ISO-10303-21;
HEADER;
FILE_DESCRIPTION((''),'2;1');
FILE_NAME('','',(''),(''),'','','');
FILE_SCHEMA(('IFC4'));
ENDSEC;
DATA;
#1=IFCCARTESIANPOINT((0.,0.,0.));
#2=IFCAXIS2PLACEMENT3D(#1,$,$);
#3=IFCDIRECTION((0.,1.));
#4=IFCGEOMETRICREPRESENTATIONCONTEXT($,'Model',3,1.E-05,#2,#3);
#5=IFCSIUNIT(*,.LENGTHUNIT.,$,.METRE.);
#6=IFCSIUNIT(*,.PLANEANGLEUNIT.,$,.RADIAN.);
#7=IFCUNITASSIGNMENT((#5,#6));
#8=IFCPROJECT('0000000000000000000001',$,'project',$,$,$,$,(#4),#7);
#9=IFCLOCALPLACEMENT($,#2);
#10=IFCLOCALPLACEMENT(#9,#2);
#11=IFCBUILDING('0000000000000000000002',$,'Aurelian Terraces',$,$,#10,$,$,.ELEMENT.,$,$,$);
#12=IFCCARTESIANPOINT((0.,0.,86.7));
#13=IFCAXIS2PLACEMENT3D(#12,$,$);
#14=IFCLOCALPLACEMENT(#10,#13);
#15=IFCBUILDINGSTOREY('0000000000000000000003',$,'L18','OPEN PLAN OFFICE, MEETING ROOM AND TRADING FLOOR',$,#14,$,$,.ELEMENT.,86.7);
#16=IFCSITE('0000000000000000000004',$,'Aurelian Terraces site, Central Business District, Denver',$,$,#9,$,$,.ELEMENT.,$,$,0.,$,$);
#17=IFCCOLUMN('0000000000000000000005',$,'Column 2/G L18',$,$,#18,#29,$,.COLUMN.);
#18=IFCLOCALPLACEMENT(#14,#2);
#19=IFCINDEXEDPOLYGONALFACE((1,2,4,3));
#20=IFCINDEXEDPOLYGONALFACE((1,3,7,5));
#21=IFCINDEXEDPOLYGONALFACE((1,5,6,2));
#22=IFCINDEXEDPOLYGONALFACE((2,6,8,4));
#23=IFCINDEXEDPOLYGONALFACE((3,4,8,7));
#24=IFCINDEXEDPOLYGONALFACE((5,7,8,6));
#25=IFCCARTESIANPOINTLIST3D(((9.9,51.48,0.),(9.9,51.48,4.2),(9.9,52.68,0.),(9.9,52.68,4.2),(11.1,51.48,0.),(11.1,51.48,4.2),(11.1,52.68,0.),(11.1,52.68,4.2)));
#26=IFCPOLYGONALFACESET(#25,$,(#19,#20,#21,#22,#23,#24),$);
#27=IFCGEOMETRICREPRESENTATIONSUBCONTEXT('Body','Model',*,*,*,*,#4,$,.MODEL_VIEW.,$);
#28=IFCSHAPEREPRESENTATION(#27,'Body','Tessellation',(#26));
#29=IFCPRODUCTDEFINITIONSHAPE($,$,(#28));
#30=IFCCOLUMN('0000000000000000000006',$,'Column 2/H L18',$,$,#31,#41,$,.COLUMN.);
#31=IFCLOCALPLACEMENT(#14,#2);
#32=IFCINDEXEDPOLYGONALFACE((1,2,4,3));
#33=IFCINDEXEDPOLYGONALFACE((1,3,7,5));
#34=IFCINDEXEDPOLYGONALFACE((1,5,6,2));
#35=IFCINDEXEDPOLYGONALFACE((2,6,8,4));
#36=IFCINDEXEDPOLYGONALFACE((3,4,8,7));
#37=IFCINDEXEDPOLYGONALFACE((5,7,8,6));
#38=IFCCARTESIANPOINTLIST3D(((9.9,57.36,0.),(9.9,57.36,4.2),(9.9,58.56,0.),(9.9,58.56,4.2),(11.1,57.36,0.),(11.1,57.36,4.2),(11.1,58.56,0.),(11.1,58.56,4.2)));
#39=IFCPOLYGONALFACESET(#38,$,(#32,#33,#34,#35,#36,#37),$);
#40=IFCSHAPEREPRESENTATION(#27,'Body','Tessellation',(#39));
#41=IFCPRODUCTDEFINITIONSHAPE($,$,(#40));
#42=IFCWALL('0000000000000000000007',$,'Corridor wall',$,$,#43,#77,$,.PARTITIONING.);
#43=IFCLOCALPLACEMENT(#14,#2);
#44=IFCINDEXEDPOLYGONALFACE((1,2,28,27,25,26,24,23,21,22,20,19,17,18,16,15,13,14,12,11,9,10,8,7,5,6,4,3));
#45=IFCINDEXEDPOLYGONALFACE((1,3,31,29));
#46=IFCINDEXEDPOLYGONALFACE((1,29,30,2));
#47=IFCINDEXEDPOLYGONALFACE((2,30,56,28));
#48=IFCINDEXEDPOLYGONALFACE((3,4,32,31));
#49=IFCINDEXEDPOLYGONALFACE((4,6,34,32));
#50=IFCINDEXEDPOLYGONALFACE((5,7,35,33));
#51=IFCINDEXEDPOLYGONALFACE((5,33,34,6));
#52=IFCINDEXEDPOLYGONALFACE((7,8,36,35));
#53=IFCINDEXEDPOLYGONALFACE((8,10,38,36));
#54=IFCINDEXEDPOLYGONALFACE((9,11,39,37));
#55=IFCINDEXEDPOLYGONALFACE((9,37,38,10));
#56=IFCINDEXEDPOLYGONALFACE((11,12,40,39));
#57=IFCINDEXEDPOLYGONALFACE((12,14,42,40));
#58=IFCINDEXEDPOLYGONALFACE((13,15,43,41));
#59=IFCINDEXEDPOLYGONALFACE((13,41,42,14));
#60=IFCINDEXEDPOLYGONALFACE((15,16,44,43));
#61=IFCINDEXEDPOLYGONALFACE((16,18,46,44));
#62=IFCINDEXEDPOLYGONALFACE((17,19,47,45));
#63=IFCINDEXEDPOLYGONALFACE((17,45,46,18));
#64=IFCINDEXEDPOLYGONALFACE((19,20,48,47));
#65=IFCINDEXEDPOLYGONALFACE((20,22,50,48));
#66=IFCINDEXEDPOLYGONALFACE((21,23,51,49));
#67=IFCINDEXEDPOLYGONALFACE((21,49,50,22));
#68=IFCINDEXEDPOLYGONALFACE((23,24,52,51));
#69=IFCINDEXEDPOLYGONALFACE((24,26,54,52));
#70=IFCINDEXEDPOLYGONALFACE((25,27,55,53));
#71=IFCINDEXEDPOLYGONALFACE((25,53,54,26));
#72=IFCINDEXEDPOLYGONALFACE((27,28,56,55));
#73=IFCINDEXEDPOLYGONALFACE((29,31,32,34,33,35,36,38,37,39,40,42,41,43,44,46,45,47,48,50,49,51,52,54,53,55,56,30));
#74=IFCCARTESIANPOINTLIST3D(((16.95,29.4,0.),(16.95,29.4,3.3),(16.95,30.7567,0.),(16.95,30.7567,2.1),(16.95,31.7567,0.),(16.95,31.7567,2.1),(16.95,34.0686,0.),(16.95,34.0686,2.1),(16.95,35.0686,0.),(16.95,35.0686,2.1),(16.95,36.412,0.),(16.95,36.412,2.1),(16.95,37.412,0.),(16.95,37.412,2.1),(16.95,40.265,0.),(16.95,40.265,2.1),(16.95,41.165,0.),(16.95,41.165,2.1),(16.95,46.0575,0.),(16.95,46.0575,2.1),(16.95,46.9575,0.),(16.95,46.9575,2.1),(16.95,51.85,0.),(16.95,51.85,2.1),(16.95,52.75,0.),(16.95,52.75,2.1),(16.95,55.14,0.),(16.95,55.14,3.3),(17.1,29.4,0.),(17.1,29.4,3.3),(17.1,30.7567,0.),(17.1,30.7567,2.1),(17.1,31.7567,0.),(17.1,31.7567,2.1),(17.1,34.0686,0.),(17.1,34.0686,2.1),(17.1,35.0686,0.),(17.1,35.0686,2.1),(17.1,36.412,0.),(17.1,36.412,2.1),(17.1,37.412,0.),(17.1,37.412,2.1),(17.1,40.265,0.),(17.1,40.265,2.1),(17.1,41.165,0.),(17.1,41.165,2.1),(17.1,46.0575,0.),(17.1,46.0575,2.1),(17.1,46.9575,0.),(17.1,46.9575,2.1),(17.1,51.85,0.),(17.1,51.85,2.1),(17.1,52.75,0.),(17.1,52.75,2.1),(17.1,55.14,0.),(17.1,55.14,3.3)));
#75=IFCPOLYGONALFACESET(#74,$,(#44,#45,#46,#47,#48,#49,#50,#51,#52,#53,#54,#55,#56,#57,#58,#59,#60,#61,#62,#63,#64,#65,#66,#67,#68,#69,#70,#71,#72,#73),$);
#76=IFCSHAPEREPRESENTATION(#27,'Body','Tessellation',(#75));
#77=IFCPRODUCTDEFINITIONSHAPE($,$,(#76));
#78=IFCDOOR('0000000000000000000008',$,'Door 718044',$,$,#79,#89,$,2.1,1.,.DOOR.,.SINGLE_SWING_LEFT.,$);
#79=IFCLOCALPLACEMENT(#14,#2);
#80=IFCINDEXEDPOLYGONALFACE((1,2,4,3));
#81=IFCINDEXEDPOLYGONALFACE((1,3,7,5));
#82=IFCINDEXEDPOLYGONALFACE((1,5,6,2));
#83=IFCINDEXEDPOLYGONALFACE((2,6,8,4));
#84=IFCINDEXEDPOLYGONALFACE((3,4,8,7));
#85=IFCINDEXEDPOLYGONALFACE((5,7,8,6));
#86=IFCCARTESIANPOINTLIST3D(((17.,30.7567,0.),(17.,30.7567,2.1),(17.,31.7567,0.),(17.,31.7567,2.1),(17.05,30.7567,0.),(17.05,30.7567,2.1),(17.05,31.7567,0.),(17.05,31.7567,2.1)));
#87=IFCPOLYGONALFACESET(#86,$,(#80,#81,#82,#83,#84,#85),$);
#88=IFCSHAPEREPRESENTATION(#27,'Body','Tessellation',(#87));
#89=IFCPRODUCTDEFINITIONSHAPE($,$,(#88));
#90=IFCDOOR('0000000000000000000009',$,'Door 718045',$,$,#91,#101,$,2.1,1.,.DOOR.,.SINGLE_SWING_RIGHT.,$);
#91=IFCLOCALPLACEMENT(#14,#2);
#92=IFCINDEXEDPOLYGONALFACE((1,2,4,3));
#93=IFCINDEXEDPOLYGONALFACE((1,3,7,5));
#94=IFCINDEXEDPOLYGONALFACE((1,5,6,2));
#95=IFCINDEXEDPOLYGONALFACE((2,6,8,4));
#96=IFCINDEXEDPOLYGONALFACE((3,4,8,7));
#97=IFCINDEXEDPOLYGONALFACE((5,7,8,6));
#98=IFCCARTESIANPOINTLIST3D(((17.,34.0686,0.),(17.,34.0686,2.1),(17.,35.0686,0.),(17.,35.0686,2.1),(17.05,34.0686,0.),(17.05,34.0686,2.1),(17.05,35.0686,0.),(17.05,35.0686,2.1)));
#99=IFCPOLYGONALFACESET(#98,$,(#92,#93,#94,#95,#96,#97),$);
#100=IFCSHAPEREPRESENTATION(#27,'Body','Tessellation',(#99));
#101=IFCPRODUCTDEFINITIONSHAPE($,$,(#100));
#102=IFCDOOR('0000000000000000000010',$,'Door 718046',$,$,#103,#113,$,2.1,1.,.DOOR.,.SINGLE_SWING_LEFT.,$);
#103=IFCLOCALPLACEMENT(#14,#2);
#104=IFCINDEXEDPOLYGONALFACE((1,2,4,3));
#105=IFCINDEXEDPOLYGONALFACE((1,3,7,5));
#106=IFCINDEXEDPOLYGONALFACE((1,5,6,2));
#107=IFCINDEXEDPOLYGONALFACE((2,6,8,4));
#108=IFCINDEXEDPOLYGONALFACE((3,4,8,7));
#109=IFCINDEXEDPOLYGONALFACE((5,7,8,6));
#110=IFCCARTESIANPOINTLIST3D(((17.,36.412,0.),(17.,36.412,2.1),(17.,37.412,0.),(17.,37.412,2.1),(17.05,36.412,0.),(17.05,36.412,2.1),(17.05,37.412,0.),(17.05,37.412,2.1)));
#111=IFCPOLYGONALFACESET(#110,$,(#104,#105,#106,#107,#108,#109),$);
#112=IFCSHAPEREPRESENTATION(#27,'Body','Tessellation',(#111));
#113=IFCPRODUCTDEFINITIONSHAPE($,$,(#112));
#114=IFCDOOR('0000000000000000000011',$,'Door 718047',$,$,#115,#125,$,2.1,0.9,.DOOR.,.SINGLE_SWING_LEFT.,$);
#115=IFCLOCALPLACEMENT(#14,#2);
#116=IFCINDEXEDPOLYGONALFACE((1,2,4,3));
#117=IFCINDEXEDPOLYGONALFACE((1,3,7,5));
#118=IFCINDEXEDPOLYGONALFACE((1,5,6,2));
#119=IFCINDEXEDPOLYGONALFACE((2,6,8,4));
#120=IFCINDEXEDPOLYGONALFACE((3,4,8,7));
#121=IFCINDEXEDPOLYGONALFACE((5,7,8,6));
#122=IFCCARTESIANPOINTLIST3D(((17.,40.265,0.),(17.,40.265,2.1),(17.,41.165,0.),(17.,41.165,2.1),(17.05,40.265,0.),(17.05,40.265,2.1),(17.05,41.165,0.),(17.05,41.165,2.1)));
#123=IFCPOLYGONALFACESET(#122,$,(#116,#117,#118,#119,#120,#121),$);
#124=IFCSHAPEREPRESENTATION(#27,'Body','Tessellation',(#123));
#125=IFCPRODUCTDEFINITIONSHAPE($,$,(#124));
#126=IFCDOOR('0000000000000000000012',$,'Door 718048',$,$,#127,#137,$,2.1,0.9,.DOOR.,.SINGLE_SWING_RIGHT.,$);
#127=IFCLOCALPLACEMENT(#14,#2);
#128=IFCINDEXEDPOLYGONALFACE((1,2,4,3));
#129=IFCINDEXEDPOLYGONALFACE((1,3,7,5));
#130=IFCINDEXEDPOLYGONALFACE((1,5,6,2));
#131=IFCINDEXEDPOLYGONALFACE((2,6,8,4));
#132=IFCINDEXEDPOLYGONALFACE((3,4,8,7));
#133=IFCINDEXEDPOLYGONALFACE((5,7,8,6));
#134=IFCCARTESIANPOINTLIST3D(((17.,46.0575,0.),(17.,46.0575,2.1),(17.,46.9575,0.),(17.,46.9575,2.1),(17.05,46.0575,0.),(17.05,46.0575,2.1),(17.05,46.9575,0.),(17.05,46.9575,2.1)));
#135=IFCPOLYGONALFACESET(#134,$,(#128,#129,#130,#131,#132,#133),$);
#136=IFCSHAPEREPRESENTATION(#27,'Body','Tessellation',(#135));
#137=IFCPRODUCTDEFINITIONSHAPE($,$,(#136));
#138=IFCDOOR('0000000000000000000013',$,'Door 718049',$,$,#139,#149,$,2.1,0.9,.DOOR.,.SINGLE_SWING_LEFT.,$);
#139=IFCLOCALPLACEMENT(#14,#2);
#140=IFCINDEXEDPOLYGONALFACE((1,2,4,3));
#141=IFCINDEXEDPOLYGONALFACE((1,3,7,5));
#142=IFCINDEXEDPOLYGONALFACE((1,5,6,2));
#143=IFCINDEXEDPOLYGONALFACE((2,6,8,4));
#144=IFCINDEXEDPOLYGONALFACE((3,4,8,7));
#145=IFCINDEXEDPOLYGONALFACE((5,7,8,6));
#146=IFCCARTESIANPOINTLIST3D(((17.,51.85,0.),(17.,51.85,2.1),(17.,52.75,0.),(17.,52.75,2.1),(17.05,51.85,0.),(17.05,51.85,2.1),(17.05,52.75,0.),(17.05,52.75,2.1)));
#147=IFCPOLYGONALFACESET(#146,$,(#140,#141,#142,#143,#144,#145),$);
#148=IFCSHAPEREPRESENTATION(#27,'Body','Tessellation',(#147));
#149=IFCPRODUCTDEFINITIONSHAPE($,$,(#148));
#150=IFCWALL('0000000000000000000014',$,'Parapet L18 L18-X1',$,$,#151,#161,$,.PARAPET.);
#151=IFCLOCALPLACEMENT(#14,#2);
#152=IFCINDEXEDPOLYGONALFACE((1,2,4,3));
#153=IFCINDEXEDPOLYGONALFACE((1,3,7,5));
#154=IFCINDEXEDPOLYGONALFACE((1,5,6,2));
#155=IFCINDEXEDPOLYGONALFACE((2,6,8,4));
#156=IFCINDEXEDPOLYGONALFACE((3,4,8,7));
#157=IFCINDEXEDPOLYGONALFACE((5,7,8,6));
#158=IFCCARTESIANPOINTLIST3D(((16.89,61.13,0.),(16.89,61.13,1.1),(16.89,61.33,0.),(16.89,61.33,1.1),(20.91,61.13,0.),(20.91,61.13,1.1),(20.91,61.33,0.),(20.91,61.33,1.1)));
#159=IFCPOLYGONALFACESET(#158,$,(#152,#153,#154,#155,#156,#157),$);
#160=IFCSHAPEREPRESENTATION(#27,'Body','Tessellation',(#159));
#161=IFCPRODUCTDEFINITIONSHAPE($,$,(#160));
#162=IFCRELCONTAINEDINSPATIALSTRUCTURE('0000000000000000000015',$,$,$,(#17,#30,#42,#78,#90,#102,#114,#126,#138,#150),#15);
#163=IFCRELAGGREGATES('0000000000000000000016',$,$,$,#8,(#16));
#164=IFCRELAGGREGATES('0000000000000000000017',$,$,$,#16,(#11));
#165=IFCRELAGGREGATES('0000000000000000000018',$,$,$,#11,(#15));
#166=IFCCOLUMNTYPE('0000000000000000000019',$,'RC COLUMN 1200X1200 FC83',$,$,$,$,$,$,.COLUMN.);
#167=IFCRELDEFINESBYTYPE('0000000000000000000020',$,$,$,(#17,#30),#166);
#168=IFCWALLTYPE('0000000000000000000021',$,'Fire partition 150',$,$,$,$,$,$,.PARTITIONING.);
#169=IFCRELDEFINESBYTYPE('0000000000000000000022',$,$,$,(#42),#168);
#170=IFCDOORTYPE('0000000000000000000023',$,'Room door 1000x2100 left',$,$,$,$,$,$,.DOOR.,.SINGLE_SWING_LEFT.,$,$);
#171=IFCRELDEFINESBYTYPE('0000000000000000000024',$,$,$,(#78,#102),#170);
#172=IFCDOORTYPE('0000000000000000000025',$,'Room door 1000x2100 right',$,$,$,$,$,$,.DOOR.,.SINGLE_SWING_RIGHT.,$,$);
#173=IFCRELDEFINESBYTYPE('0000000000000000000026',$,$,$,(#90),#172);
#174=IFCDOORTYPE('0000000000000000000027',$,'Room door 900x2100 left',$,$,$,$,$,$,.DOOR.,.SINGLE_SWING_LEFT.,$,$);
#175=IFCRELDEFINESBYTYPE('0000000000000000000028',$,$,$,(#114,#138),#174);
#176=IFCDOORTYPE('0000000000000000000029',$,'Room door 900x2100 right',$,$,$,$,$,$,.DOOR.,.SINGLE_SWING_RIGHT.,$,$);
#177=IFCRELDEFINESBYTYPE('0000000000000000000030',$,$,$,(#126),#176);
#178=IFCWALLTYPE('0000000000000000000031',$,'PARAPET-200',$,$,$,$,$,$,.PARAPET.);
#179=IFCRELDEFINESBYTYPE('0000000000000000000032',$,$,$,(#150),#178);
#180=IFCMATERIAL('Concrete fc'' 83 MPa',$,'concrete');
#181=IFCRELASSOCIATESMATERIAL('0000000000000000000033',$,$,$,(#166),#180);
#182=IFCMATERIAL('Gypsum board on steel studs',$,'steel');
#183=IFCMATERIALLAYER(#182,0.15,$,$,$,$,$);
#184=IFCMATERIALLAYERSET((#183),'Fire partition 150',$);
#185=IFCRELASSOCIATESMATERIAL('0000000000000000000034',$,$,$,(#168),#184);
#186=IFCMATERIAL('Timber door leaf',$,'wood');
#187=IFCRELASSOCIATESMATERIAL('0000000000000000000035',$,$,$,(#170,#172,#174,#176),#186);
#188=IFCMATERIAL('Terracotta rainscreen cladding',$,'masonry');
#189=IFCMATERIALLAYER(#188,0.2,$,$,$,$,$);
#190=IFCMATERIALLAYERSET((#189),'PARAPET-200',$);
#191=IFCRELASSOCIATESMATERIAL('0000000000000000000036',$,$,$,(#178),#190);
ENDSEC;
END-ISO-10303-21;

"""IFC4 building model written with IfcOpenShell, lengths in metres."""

from ifc_helpers import new_model, si_unit, direction, frame, frame_2d, origin, origin_2d, place, context, subcontext, project, spatial, rectangle, extrude, source, transform, mapped, material, layer, layer_set, material_profile, profile_set, type_object, element, fill, save


model = new_model("IFC4")

# Units and contexts
model_context = context("Model", 3, precision=1e-05, world=origin(), true_north=direction((0.0, 1.0)))
body_context = subcontext(model_context, "Body", "Model", "MODEL_VIEW")
ifc_project = project(units=[si_unit("LENGTHUNIT", "METRE"), si_unit("PLANEANGLEUNIT", "RADIAN")], contexts=[model_context])

# Site, building, storey
site_placement = place(None, origin())
site = spatial("IfcSite", under=ifc_project, at=site_placement, Name="Aurelian Terraces site, Central Business District, Denver", CompositionType="ELEMENT", RefElevation=0.0)
building_placement = place(site_placement, origin())
building = spatial("IfcBuilding", under=site, at=building_placement, Name="Aurelian Terraces", CompositionType="ELEMENT")
storey_placement = place(building_placement, frame((0.0, 0.0, 86.7)))
storey = spatial("IfcBuildingStorey", under=building, at=storey_placement, Name="L18", Description="OPEN PLAN OFFICE, MEETING ROOM AND TRADING FLOOR", CompositionType="ELEMENT", Elevation=86.7)

# Columns
ifc_material_1 = material(Name="Concrete fc' 83 MPa", Category="concrete")
ifc_material_profile = material_profile(ifc_material_1, rectangle(XDim=1.2, YDim=1.2, at=origin_2d()))
ifc_profile_set = profile_set([ifc_material_profile], Name="Concrete fc' 83 MPa")
column_type = type_object("IfcColumnType", Name="RC COLUMN 1200X1200 FC83", PredefinedType="COLUMN", material=ifc_profile_set)
shared_shape_1 = source(origin(), body_context, "Body", "SweptSolid", [
    extrude(rectangle(XDim=1.2, YDim=1.2, at=origin_2d()), origin(), (0.0, 0.0, 1.0), 4.2),
])
for number, where, z_axis, x_axis, name in (
    (1, (10.5, 52.08, 0.0), (0.0, 0.0, 1.0), (1.0, 0.0, 0.0), "Column 2/G L18"),
    (2, (10.5, 57.96, 0.0), (0.0, 0.0, 1.0), (1.0, 0.0, 0.0), "Column 2/H L18"),
):
    element("IfcColumn", number, at=place(storey_placement, frame(where, z_axis=z_axis, x_axis=x_axis)), inside=storey, type_object=column_type, Name=name, PredefinedType="COLUMN", context=body_context, shape_type="MappedRepresentation", body=[
        mapped(shared_shape_1, transform((0.0, 0.0, 0.0), scale=1.0)),
    ])

# Wall, openings, doors
ifc_material_2 = material(Name="Gypsum board on steel studs", Category="steel")
ifc_layer_1 = layer(ifc_material_2, 0.15)
ifc_layer_set_1 = layer_set([ifc_layer_1], Name="Fire partition 150")
wall_type_1 = type_object("IfcWallType", Name="Fire partition 150", PredefinedType="PARTITIONING", material=ifc_layer_set_1)
wall_1_placement = place(storey_placement, frame((17.025, 55.14, 0.0), z_axis=(0.0, 0.0, 1.0), x_axis=(0.0, -1.0, 0.0)))
wall_1 = element("IfcWall", 3, at=wall_1_placement, inside=storey, type_object=wall_type_1, Name="Corridor wall", PredefinedType="PARTITIONING", context=body_context, shape_type="SweptSolid", body=[
    extrude(rectangle(XDim=25.74, YDim=0.15, at=frame_2d((12.87, 0.0))), origin(), (0.0, 0.0, 1.0), 3.3),
])
shared_shape_2 = source(origin(), body_context, "Body", "SweptSolid", [
    extrude(rectangle(XDim=1.0, YDim=2.1, at=frame_2d((0.5, 1.05))), frame((0.0, 0.085, 0.0), z_axis=(0.0, -1.0, 0.0), x_axis=(1.0, 0.0, 0.0)), (0.0, 0.0, 1.0), 0.17),
])
opening_1_placement = place(wall_1_placement, frame((23.3833, 0.0, 0.0)))
opening_1 = element("IfcOpeningElement", 4, at=opening_1_placement, cuts=wall_1, PredefinedType="OPENING", context=body_context, shape_type="MappedRepresentation", body=[
    mapped(shared_shape_2, transform((0.0, 0.0, 0.0), scale=1.0)),
])
opening_2_placement = place(wall_1_placement, frame((20.0714, 0.0, 0.0)))
opening_2 = element("IfcOpeningElement", 5, at=opening_2_placement, cuts=wall_1, PredefinedType="OPENING", context=body_context, shape_type="MappedRepresentation", body=[
    mapped(shared_shape_2, transform((0.0, 0.0, 0.0), scale=1.0)),
])
opening_3_placement = place(wall_1_placement, frame((17.728, 0.0, 0.0)))
opening_3 = element("IfcOpeningElement", 6, at=opening_3_placement, cuts=wall_1, PredefinedType="OPENING", context=body_context, shape_type="MappedRepresentation", body=[
    mapped(shared_shape_2, transform((0.0, 0.0, 0.0), scale=1.0)),
])
shared_shape_3 = source(origin(), body_context, "Body", "SweptSolid", [
    extrude(rectangle(XDim=0.9, YDim=2.1, at=frame_2d((0.45, 1.05))), frame((0.0, 0.085, 0.0), z_axis=(0.0, -1.0, 0.0), x_axis=(1.0, 0.0, 0.0)), (0.0, 0.0, 1.0), 0.17),
])
opening_4_placement = place(wall_1_placement, frame((13.975, 0.0, 0.0)))
opening_4 = element("IfcOpeningElement", 7, at=opening_4_placement, cuts=wall_1, PredefinedType="OPENING", context=body_context, shape_type="MappedRepresentation", body=[
    mapped(shared_shape_3, transform((0.0, 0.0, 0.0), scale=1.0)),
])
opening_5_placement = place(wall_1_placement, frame((8.1825, 0.0, 0.0)))
opening_5 = element("IfcOpeningElement", 8, at=opening_5_placement, cuts=wall_1, PredefinedType="OPENING", context=body_context, shape_type="MappedRepresentation", body=[
    mapped(shared_shape_3, transform((0.0, 0.0, 0.0), scale=1.0)),
])
opening_6_placement = place(wall_1_placement, frame((2.39, 0.0, 0.0)))
opening_6 = element("IfcOpeningElement", 9, at=opening_6_placement, cuts=wall_1, PredefinedType="OPENING", context=body_context, shape_type="MappedRepresentation", body=[
    mapped(shared_shape_3, transform((0.0, 0.0, 0.0), scale=1.0)),
])
ifc_material_3 = material(Name="Timber door leaf", Category="wood")
door_type_1 = type_object("IfcDoorType", Name="Room door 1000x2100 left", OperationType="SINGLE_SWING_LEFT", PredefinedType="DOOR", material=ifc_material_3)
shared_shape_4 = source(origin(), body_context, "Body", "SweptSolid", [
    extrude(rectangle(XDim=1.0, YDim=2.1, at=frame_2d((0.5, 1.05))), frame((0.0, 0.025, 0.0), z_axis=(0.0, -1.0, 0.0), x_axis=(1.0, 0.0, 0.0)), (0.0, 0.0, 1.0), 0.05),
])
door_1_placement = place(opening_1_placement, origin())
door_1 = element("IfcDoor", 10, at=door_1_placement, inside=storey, type_object=door_type_1, Name="Door 718044", OperationType="SINGLE_SWING_LEFT", OverallHeight=2.1, OverallWidth=1.0, PredefinedType="DOOR", context=body_context, shape_type="MappedRepresentation", body=[
    mapped(shared_shape_4, transform((0.0, 0.0, 0.0), scale=1.0)),
])
fill(opening_1, door_1)
door_type_2 = type_object("IfcDoorType", Name="Room door 1000x2100 right", OperationType="SINGLE_SWING_RIGHT", PredefinedType="DOOR", material=ifc_material_3)
door_2_placement = place(opening_2_placement, origin())
door_2 = element("IfcDoor", 11, at=door_2_placement, inside=storey, type_object=door_type_2, Name="Door 718045", OperationType="SINGLE_SWING_RIGHT", OverallHeight=2.1, OverallWidth=1.0, PredefinedType="DOOR", context=body_context, shape_type="MappedRepresentation", body=[
    mapped(shared_shape_4, transform((0.0, 0.0, 0.0), scale=1.0)),
])
fill(opening_2, door_2)
door_3_placement = place(opening_3_placement, origin())
door_3 = element("IfcDoor", 12, at=door_3_placement, inside=storey, type_object=door_type_1, Name="Door 718046", OperationType="SINGLE_SWING_LEFT", OverallHeight=2.1, OverallWidth=1.0, PredefinedType="DOOR", context=body_context, shape_type="MappedRepresentation", body=[
    mapped(shared_shape_4, transform((0.0, 0.0, 0.0), scale=1.0)),
])
fill(opening_3, door_3)
door_type_3 = type_object("IfcDoorType", Name="Room door 900x2100 left", OperationType="SINGLE_SWING_LEFT", PredefinedType="DOOR", material=ifc_material_3)
shared_shape_5 = source(origin(), body_context, "Body", "SweptSolid", [
    extrude(rectangle(XDim=0.9, YDim=2.1, at=frame_2d((0.45, 1.05))), frame((0.0, 0.025, 0.0), z_axis=(0.0, -1.0, 0.0), x_axis=(1.0, 0.0, 0.0)), (0.0, 0.0, 1.0), 0.05),
])
door_4_placement = place(opening_4_placement, origin())
door_4 = element("IfcDoor", 13, at=door_4_placement, inside=storey, type_object=door_type_3, Name="Door 718047", OperationType="SINGLE_SWING_LEFT", OverallHeight=2.1, OverallWidth=0.9, PredefinedType="DOOR", context=body_context, shape_type="MappedRepresentation", body=[
    mapped(shared_shape_5, transform((0.0, 0.0, 0.0), scale=1.0)),
])
fill(opening_4, door_4)
door_type_4 = type_object("IfcDoorType", Name="Room door 900x2100 right", OperationType="SINGLE_SWING_RIGHT", PredefinedType="DOOR", material=ifc_material_3)
door_5_placement = place(opening_5_placement, origin())
door_5 = element("IfcDoor", 14, at=door_5_placement, inside=storey, type_object=door_type_4, Name="Door 718048", OperationType="SINGLE_SWING_RIGHT", OverallHeight=2.1, OverallWidth=0.9, PredefinedType="DOOR", context=body_context, shape_type="MappedRepresentation", body=[
    mapped(shared_shape_5, transform((0.0, 0.0, 0.0), scale=1.0)),
])
fill(opening_5, door_5)
door_6_placement = place(opening_6_placement, origin())
door_6 = element("IfcDoor", 15, at=door_6_placement, inside=storey, type_object=door_type_3, Name="Door 718049", OperationType="SINGLE_SWING_LEFT", OverallHeight=2.1, OverallWidth=0.9, PredefinedType="DOOR", context=body_context, shape_type="MappedRepresentation", body=[
    mapped(shared_shape_5, transform((0.0, 0.0, 0.0), scale=1.0)),
])
fill(opening_6, door_6)

# Wall
ifc_material_4 = material(Name="Terracotta rainscreen cladding", Category="masonry")
ifc_layer_2 = layer(ifc_material_4, 0.2)
ifc_layer_set_2 = layer_set([ifc_layer_2], Name="PARAPET-200")
wall_type_2 = type_object("IfcWallType", Name="PARAPET-200", PredefinedType="PARAPET", material=ifc_layer_set_2)
wall_2_placement = place(storey_placement, frame((16.89, 61.23, 0.0), z_axis=(0.0, 0.0, 1.0), x_axis=(1.0, 0.0, 0.0)))
element("IfcWall", 16, at=wall_2_placement, inside=storey, type_object=wall_type_2, Name="Parapet L18 L18-X1", PredefinedType="PARAPET", context=body_context, shape_type="SweptSolid", body=[
    extrude(rectangle(XDim=4.02, YDim=0.2, at=frame_2d((2.01, 0.0))), origin(), (0.0, 0.0, 1.0), 1.1),
])

save(model, "model.ifc")
